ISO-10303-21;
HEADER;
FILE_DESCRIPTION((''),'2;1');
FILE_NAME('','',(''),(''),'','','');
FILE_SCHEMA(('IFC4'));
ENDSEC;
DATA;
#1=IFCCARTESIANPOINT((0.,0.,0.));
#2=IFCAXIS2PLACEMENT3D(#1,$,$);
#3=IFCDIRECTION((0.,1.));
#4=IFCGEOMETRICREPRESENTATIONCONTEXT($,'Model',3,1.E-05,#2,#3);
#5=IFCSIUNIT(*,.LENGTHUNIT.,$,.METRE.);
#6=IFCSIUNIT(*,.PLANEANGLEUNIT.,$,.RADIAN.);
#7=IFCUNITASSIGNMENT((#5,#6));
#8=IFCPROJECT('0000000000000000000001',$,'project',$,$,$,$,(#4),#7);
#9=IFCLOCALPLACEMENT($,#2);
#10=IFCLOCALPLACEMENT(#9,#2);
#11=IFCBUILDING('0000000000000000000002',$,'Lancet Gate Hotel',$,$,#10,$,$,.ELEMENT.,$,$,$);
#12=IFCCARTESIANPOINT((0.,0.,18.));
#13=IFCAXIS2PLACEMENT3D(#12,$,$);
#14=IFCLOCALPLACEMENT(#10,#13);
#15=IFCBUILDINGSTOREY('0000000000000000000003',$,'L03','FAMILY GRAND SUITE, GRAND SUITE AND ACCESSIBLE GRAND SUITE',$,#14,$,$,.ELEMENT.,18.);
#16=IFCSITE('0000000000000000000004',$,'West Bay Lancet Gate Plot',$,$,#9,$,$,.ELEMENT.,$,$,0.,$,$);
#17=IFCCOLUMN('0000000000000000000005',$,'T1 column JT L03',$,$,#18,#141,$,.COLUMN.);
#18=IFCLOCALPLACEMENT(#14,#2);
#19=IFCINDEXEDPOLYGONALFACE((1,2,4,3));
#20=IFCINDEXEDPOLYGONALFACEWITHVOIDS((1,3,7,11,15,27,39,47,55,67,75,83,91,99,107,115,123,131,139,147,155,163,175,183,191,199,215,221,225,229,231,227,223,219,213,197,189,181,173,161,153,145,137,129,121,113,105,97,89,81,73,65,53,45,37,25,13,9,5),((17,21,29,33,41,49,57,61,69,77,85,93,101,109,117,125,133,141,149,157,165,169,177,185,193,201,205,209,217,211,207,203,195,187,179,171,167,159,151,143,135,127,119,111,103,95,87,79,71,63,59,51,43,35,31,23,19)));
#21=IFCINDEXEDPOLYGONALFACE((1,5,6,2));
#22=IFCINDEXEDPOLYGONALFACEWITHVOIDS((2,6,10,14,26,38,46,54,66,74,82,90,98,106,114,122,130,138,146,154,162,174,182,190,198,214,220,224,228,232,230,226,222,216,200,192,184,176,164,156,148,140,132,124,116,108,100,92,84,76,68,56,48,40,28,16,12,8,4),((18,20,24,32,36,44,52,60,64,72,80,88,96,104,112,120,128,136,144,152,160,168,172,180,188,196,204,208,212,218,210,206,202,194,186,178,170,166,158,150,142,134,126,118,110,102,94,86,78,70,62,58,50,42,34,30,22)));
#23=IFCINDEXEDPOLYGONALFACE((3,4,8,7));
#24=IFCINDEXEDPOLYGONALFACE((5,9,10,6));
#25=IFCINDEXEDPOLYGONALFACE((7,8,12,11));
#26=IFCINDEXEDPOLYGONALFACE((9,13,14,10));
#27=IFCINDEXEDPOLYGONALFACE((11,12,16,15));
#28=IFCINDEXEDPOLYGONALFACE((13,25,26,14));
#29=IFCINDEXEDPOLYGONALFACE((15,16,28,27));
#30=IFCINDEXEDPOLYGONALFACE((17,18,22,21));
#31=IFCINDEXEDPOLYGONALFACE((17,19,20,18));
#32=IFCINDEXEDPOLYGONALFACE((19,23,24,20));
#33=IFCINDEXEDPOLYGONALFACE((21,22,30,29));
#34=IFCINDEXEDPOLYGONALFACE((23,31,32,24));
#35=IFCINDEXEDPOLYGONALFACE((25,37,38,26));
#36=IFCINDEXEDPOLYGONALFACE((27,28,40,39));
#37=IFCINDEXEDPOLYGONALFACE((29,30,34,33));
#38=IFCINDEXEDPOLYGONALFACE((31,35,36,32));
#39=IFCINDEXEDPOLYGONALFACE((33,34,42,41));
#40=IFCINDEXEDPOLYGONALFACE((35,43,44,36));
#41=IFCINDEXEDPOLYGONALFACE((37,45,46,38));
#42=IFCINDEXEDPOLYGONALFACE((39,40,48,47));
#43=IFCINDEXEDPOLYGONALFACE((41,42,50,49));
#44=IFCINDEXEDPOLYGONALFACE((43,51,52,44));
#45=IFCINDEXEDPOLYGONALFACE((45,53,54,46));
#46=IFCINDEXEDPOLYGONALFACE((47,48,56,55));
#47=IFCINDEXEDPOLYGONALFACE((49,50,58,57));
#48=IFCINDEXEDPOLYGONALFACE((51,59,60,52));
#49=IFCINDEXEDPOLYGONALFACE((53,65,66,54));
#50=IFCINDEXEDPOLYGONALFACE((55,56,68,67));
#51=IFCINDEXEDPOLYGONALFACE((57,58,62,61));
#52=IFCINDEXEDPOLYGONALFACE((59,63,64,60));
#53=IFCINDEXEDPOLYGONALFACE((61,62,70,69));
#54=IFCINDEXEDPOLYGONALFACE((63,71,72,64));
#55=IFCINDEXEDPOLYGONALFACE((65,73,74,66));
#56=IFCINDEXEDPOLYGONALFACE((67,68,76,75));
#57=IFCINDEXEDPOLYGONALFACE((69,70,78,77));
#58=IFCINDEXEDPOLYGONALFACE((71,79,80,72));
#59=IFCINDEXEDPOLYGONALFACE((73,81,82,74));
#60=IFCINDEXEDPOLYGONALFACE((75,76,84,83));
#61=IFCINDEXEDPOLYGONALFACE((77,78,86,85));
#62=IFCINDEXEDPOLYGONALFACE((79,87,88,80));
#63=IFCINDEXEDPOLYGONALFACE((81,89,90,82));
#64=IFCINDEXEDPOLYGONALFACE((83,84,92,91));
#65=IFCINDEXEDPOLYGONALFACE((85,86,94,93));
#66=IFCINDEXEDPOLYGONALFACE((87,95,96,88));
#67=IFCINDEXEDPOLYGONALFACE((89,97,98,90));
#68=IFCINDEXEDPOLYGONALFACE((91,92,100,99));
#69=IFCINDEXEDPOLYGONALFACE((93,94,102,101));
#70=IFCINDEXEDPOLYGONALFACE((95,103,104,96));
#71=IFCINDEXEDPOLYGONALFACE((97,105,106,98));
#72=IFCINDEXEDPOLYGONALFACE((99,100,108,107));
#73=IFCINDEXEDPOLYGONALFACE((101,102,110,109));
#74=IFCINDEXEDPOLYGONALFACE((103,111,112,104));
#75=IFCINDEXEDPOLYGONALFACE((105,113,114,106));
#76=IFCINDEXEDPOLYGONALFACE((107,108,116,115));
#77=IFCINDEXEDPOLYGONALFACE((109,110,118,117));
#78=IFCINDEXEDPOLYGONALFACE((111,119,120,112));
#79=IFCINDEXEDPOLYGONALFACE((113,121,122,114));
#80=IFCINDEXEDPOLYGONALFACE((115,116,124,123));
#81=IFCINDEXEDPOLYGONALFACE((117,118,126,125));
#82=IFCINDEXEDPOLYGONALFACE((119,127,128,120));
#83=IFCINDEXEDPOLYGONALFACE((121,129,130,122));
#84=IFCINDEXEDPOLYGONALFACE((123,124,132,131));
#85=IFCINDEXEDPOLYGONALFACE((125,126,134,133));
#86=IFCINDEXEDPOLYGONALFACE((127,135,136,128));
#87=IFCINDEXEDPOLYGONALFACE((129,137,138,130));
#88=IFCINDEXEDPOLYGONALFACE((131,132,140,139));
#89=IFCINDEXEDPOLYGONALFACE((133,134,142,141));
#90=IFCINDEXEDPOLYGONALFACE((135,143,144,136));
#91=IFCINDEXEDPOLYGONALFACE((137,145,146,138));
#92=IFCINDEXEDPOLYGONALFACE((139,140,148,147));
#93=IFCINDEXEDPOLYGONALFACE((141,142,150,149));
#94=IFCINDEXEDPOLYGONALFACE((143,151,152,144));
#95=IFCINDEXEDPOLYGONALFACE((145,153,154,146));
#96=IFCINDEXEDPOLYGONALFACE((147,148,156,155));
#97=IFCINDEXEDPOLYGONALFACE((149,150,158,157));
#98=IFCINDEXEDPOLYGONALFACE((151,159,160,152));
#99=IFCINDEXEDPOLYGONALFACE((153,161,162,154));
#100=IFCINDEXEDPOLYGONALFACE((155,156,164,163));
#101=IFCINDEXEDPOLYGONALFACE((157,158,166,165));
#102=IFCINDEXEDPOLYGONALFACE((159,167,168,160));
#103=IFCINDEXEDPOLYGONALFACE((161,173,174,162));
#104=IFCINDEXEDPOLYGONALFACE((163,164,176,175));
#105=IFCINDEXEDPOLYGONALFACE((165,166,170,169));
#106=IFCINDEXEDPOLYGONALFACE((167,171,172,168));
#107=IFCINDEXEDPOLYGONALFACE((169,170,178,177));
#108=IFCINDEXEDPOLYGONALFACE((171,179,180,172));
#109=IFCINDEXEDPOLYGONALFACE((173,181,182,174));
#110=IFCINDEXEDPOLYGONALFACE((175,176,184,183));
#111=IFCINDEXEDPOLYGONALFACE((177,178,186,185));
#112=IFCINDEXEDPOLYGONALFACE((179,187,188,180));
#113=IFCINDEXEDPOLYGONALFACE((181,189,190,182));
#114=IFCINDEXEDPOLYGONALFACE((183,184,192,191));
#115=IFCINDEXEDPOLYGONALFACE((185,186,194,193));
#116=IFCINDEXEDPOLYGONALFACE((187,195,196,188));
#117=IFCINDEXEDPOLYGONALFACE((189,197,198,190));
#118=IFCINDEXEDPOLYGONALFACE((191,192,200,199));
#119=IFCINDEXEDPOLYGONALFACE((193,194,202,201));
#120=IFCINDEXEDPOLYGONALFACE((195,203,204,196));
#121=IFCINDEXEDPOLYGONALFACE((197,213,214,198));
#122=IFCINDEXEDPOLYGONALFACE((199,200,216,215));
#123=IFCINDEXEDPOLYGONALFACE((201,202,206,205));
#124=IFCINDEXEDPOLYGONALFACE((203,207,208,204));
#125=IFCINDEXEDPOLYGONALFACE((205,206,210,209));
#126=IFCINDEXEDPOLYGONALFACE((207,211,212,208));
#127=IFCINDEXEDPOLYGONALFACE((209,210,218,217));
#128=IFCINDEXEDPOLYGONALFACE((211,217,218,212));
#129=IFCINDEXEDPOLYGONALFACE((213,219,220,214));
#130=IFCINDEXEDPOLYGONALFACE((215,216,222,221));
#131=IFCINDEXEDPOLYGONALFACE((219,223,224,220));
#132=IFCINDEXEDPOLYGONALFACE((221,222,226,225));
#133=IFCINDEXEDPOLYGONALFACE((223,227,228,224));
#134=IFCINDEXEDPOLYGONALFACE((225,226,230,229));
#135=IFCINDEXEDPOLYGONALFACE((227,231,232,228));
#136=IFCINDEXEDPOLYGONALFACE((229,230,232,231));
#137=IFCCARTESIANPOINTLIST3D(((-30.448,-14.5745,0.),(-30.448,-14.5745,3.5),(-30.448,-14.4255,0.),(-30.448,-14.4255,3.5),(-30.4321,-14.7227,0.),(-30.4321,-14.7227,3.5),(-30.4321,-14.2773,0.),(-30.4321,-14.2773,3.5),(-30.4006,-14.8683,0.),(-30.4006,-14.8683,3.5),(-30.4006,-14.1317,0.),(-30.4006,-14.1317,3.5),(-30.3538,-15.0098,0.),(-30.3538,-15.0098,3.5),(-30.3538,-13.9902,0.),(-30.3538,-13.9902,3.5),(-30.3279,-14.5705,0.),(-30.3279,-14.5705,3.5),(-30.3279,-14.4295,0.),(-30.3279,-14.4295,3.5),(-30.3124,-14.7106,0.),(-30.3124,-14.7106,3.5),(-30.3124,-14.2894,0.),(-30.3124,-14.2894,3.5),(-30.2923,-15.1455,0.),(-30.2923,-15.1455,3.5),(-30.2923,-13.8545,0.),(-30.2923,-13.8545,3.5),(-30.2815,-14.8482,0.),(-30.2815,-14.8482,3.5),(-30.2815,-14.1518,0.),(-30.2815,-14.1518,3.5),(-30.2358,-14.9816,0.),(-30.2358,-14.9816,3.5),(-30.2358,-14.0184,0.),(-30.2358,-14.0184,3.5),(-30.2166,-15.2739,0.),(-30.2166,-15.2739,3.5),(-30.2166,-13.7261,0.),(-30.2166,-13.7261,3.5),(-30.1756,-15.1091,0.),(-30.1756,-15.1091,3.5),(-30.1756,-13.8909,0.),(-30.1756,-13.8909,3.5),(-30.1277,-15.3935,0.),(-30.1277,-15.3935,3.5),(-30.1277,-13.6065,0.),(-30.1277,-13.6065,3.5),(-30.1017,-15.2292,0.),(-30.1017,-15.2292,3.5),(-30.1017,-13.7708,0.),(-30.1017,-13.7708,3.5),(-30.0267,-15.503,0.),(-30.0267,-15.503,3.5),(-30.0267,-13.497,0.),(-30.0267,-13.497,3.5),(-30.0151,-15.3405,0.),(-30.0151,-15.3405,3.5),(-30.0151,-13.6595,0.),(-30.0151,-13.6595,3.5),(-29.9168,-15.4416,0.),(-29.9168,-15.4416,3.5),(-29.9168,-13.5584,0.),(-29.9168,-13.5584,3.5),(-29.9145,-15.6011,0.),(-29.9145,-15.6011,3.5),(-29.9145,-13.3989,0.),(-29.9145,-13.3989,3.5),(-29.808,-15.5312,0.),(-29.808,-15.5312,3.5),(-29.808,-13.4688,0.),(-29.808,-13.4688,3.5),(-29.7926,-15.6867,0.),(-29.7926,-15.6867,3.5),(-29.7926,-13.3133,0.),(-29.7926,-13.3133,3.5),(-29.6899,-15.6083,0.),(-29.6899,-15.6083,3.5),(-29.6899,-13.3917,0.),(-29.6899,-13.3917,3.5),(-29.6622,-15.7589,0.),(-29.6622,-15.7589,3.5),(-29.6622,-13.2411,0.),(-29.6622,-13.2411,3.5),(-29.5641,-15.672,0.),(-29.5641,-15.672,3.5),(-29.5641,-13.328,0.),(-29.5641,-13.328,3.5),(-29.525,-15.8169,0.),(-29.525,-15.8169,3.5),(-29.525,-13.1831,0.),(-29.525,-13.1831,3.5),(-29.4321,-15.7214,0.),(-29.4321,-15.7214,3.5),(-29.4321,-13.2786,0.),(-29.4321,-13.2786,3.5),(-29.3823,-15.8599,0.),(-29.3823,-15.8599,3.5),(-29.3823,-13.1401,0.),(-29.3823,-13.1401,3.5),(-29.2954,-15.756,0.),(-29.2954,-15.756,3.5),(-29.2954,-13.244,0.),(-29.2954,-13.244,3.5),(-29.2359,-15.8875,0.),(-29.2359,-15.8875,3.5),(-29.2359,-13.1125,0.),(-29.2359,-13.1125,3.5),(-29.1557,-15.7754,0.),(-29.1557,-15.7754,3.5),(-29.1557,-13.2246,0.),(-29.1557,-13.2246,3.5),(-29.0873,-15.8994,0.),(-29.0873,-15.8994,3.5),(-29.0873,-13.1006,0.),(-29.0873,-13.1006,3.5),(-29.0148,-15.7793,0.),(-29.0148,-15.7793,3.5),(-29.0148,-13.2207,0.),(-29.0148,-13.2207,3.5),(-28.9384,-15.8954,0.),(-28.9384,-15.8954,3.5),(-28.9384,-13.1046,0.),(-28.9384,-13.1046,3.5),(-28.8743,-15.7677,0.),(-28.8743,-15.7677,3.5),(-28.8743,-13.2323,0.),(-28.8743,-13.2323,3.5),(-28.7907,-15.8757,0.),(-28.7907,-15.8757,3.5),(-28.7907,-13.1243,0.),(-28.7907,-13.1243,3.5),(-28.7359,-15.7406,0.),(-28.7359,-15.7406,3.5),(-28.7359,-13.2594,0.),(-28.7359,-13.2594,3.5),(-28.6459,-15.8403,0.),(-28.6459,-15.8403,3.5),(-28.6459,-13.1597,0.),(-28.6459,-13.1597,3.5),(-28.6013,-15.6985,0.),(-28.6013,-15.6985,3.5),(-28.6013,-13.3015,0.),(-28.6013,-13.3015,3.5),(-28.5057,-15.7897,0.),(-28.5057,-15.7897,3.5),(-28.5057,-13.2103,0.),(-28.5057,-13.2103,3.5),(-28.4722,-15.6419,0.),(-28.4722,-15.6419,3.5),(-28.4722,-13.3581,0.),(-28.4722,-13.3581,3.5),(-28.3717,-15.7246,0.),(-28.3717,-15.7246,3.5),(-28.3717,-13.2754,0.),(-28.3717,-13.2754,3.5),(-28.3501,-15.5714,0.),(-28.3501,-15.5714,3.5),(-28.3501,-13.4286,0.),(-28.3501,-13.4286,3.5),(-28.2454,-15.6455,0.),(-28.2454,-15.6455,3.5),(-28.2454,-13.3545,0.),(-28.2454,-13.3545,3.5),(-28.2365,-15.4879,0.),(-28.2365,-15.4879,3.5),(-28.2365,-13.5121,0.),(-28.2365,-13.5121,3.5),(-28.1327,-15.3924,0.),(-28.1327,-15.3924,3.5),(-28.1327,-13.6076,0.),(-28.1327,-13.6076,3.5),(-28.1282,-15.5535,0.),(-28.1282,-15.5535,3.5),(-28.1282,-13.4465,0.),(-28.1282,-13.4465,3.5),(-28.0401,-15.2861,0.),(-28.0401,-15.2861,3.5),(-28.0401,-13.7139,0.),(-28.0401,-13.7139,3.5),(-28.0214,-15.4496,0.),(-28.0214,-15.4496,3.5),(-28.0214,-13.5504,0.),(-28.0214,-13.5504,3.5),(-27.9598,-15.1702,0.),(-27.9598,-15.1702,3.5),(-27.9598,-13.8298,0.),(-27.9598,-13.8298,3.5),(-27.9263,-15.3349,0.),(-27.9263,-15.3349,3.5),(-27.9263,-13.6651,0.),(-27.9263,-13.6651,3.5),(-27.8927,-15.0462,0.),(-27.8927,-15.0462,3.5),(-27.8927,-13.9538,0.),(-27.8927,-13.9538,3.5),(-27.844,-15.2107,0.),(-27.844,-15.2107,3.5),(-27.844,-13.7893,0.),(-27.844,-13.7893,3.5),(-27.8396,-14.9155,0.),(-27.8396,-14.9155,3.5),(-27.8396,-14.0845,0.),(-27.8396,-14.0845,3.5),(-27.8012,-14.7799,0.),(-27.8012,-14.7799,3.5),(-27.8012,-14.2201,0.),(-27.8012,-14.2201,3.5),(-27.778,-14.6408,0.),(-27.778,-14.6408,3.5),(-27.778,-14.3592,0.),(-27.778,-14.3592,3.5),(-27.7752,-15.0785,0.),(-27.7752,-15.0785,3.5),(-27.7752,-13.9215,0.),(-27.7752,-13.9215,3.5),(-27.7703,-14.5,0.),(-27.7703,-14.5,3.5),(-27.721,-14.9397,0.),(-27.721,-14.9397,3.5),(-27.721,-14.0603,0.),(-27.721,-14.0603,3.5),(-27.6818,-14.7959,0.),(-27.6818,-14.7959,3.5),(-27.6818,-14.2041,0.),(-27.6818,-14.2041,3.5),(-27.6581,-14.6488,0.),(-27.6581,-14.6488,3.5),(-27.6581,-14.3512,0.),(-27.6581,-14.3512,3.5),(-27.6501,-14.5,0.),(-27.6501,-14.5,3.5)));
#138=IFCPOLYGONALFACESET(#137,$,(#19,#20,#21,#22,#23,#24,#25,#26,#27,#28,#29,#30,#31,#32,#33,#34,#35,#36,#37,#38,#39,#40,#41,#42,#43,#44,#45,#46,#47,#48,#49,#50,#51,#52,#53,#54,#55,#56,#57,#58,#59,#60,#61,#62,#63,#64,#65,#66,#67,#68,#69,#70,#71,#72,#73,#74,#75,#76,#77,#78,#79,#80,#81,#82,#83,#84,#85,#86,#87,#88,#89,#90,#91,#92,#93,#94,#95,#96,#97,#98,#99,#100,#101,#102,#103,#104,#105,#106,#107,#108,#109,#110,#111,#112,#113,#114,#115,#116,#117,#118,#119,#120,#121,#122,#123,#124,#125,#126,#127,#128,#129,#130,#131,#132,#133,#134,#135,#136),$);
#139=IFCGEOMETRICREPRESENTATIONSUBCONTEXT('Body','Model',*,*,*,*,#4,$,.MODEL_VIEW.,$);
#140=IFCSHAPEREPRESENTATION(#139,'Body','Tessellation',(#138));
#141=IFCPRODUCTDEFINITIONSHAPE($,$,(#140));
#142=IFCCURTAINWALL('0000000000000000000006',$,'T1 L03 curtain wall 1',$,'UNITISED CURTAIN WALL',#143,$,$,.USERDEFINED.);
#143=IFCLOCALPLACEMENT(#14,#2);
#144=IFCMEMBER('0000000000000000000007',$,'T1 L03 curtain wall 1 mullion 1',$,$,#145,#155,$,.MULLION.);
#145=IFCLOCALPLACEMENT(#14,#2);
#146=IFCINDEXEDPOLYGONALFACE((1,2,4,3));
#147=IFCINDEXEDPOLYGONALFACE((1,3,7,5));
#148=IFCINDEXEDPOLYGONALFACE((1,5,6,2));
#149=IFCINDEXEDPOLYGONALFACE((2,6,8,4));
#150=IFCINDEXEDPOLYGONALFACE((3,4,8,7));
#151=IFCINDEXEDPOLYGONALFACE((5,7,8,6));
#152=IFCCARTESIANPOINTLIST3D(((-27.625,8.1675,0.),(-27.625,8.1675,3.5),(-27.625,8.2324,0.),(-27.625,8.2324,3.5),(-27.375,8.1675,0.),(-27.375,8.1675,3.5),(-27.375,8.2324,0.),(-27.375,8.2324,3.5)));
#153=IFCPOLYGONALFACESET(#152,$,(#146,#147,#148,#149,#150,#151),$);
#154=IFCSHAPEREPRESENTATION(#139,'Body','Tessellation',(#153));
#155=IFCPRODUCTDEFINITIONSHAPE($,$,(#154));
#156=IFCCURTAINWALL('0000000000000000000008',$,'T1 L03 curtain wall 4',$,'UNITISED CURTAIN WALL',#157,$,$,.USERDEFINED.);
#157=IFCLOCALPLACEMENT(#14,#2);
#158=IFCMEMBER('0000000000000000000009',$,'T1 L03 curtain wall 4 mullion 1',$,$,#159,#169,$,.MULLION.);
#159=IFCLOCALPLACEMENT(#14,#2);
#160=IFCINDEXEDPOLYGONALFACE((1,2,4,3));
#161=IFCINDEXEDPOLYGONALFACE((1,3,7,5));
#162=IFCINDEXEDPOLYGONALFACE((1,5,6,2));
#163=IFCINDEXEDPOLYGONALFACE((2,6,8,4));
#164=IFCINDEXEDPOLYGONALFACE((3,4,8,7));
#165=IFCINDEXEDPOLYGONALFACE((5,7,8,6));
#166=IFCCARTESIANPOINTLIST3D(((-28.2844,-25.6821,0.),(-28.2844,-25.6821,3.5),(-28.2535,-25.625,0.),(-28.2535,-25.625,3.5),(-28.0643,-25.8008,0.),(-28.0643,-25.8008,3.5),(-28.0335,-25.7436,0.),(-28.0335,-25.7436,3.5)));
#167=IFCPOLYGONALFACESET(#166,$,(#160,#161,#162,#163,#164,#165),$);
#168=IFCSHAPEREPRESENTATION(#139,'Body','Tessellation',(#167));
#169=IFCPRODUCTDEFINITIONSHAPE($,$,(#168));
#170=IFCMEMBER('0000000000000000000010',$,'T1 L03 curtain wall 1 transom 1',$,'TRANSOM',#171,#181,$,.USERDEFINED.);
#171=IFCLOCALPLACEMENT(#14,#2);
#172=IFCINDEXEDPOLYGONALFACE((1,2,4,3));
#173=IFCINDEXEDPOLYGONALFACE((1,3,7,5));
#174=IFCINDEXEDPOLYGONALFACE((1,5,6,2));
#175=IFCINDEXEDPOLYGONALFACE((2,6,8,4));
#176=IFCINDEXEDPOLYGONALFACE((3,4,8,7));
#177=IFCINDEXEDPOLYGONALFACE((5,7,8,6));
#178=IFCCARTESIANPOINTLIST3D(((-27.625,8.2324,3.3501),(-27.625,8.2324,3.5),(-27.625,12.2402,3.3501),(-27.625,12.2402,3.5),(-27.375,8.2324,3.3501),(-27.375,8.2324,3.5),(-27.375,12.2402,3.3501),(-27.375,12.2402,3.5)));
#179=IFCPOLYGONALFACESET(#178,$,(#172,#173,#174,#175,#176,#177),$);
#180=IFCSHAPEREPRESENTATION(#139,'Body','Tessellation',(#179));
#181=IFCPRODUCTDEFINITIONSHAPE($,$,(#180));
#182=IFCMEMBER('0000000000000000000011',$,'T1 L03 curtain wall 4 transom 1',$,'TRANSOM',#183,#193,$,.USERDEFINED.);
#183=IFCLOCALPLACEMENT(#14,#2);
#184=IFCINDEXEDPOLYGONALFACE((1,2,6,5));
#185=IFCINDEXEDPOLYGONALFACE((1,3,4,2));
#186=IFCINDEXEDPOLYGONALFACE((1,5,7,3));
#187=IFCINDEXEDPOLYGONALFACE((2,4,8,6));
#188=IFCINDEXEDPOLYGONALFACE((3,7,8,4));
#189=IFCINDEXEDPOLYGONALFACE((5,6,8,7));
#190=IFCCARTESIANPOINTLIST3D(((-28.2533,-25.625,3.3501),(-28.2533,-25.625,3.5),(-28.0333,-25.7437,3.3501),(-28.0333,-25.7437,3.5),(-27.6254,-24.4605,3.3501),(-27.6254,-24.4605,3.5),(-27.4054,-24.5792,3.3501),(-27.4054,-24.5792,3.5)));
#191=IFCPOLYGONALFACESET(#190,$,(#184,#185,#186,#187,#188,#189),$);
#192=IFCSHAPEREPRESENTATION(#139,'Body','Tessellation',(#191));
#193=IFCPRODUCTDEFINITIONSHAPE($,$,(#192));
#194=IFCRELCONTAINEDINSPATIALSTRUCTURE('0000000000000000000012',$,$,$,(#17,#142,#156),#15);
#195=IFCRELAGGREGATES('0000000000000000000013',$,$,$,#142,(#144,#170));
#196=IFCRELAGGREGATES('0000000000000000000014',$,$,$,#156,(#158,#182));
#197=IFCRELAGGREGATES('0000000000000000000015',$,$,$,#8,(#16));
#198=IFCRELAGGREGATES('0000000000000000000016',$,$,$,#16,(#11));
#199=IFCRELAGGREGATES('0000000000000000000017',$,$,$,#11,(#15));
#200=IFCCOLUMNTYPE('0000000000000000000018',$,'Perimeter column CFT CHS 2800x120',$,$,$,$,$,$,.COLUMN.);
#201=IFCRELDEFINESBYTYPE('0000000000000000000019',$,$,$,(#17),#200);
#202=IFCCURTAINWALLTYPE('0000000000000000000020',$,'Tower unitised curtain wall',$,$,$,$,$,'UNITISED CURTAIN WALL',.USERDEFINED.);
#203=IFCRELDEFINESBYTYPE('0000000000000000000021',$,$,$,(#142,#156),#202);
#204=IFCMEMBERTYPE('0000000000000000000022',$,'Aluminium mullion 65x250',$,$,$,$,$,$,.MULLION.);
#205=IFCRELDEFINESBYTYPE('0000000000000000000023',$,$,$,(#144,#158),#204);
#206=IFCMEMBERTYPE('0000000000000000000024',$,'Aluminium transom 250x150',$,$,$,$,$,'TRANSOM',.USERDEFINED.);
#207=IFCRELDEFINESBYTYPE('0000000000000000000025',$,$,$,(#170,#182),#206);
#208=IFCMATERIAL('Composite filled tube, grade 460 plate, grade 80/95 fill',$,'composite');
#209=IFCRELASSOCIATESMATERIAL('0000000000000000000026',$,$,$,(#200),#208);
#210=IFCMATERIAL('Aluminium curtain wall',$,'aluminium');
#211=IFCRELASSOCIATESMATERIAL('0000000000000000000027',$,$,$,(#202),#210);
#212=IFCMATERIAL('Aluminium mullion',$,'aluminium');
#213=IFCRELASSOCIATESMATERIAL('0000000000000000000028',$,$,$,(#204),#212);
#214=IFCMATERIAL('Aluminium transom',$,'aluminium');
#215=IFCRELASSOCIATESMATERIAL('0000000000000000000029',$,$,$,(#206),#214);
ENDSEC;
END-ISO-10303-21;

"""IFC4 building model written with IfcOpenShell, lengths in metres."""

from ifc_helpers import new_model, si_unit, direction, frame, origin, origin_2d, place, context, subcontext, project, spatial, rectangle, hollow_circle, extrude, material, material_profile, profile_set, type_object, element, aggregate, save


model = new_model("IFC4")

# Units and contexts
model_context = context("Model", 3, precision=1e-05, world=origin(), true_north=direction((0.0, 1.0)))
body_context = subcontext(model_context, "Body", "Model", "MODEL_VIEW")
ifc_project = project(units=[si_unit("LENGTHUNIT", "METRE"), si_unit("PLANEANGLEUNIT", "RADIAN")], contexts=[model_context])

# Site, building, storey
site_placement = place(None, origin())
site = spatial("IfcSite", under=ifc_project, at=site_placement, Name="West Bay Lancet Gate Plot", CompositionType="ELEMENT", RefElevation=0.0)
building_placement = place(site_placement, origin())
building = spatial("IfcBuilding", under=site, at=building_placement, Name="Lancet Gate Hotel", CompositionType="ELEMENT")
storey_placement = place(building_placement, frame((0.0, 0.0, 18.0)))
storey = spatial("IfcBuildingStorey", under=building, at=storey_placement, Name="L03", Description="FAMILY GRAND SUITE, GRAND SUITE AND ACCESSIBLE GRAND SUITE", CompositionType="ELEMENT", Elevation=18.0)

# Column
ifc_material_1 = material(Name="Composite filled tube, grade 460 plate, grade 80/95 fill", Category="composite")
ifc_material_profile_1 = material_profile(ifc_material_1, hollow_circle(Radius=1.3999, WallThickness=0.1201, at=origin_2d()), Name="CHS 2800x120")
ifc_profile_set_1 = profile_set([ifc_material_profile_1], Name="Composite filled tube, grade 460 plate, grade 80/95 fill")
column_type = type_object("IfcColumnType", Name="Perimeter column CFT CHS 2800x120", PredefinedType="COLUMN", material=ifc_profile_set_1)
for number, where, z_axis, x_axis, name in (
    (1, (-29.05, -14.5, 0.0), (0.0, 0.0, 1.0), (1.0, 0.0, 0.0), "T1 column JT L03"),
):
    element("IfcColumn", number, at=place(storey_placement, frame(where, z_axis=z_axis, x_axis=x_axis)), inside=storey, type_object=column_type, Name=name, PredefinedType="COLUMN", context=body_context, shape_type="SweptSolid", body=[
        extrude(hollow_circle(Radius=1.3999, WallThickness=0.1201, at=origin_2d()), origin(), (0.0, 0.0, 1.0), 3.5),
    ])

# Curtain walls, members
ifc_material_2 = material(Name="Aluminium curtain wall", Category="aluminium")
curtain_wall_type = type_object("IfcCurtainWallType", Name="Tower unitised curtain wall", ElementType="UNITISED CURTAIN WALL", PredefinedType="USERDEFINED", material=ifc_material_2)
curtain_wall_1_placement = place(storey_placement, origin())
curtain_wall_1 = element("IfcCurtainWall", 2, at=curtain_wall_1_placement, inside=storey, type_object=curtain_wall_type, Name="T1 L03 curtain wall 1", ObjectType="UNITISED CURTAIN WALL", PredefinedType="USERDEFINED")
ifc_material_3 = material(Name="Aluminium mullion", Category="aluminium")
ifc_material_profile_2 = material_profile(ifc_material_3, rectangle(XDim=0.0649, YDim=0.25, at=origin_2d()), Name="MULLION 65x250")
ifc_profile_set_2 = profile_set([ifc_material_profile_2], Name="Aluminium mullion")
member_type_1 = type_object("IfcMemberType", Name="Aluminium mullion 65x250", PredefinedType="MULLION", material=ifc_profile_set_2)
member_1_placement = place(storey_placement, frame((-27.5, 8.2, 0.0), z_axis=(0.0, 0.0, 1.0), x_axis=(0.0, 1.0, 0.0)))
member_1 = element("IfcMember", 3, at=member_1_placement, type_object=member_type_1, Name="T1 L03 curtain wall 1 mullion 1", PredefinedType="MULLION", context=body_context, shape_type="SweptSolid", body=[
    extrude(rectangle(XDim=0.0649, YDim=0.25, at=origin_2d()), origin(), (0.0, 0.0, 1.0), 3.5),
])
curtain_wall_2_placement = place(storey_placement, origin())
curtain_wall_2 = element("IfcCurtainWall", 4, at=curtain_wall_2_placement, inside=storey, type_object=curtain_wall_type, Name="T1 L03 curtain wall 4", ObjectType="UNITISED CURTAIN WALL", PredefinedType="USERDEFINED")
member_2_placement = place(storey_placement, frame((-28.1589, -25.7129, 0.0), z_axis=(0.0, 0.0, 1.0), x_axis=(0.474631, 0.880185, 0.0)))
member_2 = element("IfcMember", 5, at=member_2_placement, type_object=member_type_1, Name="T1 L03 curtain wall 4 mullion 1", PredefinedType="MULLION", context=body_context, shape_type="SweptSolid", body=[
    extrude(rectangle(XDim=0.0649, YDim=0.25, at=origin_2d()), origin(), (0.0, 0.0, 1.0), 3.5),
])

# Members
ifc_material_4 = material(Name="Aluminium transom", Category="aluminium")
ifc_material_profile_3 = material_profile(ifc_material_4, rectangle(XDim=0.25, YDim=0.1499, at=origin_2d()), Name="TRANSOM 250x150")
ifc_profile_set_3 = profile_set([ifc_material_profile_3], Name="Aluminium transom")
member_type_2 = type_object("IfcMemberType", Name="Aluminium transom 250x150", ElementType="TRANSOM", PredefinedType="USERDEFINED", material=ifc_profile_set_3)
member_3_placement = place(storey_placement, frame((-27.5, 8.2324, 3.425), z_axis=(0.0, 1.0, 0.0), x_axis=(-1.0, 0.0, 0.0)))
member_3 = element("IfcMember", 6, at=member_3_placement, type_object=member_type_2, Name="T1 L03 curtain wall 1 transom 1", ObjectType="TRANSOM", PredefinedType="USERDEFINED", context=body_context, shape_type="SweptSolid", body=[
    extrude(rectangle(XDim=0.25, YDim=0.1499, at=origin_2d()), origin(), (0.0, 0.0, 1.0), 4.0078),
])
aggregate(curtain_wall_1, [member_1, member_3])
member_4_placement = place(storey_placement, frame((-28.1433, -25.6843, 3.425), z_axis=(0.474606, 0.880198, 0.0), x_axis=(-0.880198, 0.474606, 0.0)))
member_4 = element("IfcMember", 7, at=member_4_placement, type_object=member_type_2, Name="T1 L03 curtain wall 4 transom 1", ObjectType="TRANSOM", PredefinedType="USERDEFINED", context=body_context, shape_type="SweptSolid", body=[
    extrude(rectangle(XDim=0.25, YDim=0.1499, at=origin_2d()), origin(), (0.0, 0.0, 1.0), 1.323),
])

aggregate(curtain_wall_2, [member_2, member_4])

save(model, "model.ifc")
